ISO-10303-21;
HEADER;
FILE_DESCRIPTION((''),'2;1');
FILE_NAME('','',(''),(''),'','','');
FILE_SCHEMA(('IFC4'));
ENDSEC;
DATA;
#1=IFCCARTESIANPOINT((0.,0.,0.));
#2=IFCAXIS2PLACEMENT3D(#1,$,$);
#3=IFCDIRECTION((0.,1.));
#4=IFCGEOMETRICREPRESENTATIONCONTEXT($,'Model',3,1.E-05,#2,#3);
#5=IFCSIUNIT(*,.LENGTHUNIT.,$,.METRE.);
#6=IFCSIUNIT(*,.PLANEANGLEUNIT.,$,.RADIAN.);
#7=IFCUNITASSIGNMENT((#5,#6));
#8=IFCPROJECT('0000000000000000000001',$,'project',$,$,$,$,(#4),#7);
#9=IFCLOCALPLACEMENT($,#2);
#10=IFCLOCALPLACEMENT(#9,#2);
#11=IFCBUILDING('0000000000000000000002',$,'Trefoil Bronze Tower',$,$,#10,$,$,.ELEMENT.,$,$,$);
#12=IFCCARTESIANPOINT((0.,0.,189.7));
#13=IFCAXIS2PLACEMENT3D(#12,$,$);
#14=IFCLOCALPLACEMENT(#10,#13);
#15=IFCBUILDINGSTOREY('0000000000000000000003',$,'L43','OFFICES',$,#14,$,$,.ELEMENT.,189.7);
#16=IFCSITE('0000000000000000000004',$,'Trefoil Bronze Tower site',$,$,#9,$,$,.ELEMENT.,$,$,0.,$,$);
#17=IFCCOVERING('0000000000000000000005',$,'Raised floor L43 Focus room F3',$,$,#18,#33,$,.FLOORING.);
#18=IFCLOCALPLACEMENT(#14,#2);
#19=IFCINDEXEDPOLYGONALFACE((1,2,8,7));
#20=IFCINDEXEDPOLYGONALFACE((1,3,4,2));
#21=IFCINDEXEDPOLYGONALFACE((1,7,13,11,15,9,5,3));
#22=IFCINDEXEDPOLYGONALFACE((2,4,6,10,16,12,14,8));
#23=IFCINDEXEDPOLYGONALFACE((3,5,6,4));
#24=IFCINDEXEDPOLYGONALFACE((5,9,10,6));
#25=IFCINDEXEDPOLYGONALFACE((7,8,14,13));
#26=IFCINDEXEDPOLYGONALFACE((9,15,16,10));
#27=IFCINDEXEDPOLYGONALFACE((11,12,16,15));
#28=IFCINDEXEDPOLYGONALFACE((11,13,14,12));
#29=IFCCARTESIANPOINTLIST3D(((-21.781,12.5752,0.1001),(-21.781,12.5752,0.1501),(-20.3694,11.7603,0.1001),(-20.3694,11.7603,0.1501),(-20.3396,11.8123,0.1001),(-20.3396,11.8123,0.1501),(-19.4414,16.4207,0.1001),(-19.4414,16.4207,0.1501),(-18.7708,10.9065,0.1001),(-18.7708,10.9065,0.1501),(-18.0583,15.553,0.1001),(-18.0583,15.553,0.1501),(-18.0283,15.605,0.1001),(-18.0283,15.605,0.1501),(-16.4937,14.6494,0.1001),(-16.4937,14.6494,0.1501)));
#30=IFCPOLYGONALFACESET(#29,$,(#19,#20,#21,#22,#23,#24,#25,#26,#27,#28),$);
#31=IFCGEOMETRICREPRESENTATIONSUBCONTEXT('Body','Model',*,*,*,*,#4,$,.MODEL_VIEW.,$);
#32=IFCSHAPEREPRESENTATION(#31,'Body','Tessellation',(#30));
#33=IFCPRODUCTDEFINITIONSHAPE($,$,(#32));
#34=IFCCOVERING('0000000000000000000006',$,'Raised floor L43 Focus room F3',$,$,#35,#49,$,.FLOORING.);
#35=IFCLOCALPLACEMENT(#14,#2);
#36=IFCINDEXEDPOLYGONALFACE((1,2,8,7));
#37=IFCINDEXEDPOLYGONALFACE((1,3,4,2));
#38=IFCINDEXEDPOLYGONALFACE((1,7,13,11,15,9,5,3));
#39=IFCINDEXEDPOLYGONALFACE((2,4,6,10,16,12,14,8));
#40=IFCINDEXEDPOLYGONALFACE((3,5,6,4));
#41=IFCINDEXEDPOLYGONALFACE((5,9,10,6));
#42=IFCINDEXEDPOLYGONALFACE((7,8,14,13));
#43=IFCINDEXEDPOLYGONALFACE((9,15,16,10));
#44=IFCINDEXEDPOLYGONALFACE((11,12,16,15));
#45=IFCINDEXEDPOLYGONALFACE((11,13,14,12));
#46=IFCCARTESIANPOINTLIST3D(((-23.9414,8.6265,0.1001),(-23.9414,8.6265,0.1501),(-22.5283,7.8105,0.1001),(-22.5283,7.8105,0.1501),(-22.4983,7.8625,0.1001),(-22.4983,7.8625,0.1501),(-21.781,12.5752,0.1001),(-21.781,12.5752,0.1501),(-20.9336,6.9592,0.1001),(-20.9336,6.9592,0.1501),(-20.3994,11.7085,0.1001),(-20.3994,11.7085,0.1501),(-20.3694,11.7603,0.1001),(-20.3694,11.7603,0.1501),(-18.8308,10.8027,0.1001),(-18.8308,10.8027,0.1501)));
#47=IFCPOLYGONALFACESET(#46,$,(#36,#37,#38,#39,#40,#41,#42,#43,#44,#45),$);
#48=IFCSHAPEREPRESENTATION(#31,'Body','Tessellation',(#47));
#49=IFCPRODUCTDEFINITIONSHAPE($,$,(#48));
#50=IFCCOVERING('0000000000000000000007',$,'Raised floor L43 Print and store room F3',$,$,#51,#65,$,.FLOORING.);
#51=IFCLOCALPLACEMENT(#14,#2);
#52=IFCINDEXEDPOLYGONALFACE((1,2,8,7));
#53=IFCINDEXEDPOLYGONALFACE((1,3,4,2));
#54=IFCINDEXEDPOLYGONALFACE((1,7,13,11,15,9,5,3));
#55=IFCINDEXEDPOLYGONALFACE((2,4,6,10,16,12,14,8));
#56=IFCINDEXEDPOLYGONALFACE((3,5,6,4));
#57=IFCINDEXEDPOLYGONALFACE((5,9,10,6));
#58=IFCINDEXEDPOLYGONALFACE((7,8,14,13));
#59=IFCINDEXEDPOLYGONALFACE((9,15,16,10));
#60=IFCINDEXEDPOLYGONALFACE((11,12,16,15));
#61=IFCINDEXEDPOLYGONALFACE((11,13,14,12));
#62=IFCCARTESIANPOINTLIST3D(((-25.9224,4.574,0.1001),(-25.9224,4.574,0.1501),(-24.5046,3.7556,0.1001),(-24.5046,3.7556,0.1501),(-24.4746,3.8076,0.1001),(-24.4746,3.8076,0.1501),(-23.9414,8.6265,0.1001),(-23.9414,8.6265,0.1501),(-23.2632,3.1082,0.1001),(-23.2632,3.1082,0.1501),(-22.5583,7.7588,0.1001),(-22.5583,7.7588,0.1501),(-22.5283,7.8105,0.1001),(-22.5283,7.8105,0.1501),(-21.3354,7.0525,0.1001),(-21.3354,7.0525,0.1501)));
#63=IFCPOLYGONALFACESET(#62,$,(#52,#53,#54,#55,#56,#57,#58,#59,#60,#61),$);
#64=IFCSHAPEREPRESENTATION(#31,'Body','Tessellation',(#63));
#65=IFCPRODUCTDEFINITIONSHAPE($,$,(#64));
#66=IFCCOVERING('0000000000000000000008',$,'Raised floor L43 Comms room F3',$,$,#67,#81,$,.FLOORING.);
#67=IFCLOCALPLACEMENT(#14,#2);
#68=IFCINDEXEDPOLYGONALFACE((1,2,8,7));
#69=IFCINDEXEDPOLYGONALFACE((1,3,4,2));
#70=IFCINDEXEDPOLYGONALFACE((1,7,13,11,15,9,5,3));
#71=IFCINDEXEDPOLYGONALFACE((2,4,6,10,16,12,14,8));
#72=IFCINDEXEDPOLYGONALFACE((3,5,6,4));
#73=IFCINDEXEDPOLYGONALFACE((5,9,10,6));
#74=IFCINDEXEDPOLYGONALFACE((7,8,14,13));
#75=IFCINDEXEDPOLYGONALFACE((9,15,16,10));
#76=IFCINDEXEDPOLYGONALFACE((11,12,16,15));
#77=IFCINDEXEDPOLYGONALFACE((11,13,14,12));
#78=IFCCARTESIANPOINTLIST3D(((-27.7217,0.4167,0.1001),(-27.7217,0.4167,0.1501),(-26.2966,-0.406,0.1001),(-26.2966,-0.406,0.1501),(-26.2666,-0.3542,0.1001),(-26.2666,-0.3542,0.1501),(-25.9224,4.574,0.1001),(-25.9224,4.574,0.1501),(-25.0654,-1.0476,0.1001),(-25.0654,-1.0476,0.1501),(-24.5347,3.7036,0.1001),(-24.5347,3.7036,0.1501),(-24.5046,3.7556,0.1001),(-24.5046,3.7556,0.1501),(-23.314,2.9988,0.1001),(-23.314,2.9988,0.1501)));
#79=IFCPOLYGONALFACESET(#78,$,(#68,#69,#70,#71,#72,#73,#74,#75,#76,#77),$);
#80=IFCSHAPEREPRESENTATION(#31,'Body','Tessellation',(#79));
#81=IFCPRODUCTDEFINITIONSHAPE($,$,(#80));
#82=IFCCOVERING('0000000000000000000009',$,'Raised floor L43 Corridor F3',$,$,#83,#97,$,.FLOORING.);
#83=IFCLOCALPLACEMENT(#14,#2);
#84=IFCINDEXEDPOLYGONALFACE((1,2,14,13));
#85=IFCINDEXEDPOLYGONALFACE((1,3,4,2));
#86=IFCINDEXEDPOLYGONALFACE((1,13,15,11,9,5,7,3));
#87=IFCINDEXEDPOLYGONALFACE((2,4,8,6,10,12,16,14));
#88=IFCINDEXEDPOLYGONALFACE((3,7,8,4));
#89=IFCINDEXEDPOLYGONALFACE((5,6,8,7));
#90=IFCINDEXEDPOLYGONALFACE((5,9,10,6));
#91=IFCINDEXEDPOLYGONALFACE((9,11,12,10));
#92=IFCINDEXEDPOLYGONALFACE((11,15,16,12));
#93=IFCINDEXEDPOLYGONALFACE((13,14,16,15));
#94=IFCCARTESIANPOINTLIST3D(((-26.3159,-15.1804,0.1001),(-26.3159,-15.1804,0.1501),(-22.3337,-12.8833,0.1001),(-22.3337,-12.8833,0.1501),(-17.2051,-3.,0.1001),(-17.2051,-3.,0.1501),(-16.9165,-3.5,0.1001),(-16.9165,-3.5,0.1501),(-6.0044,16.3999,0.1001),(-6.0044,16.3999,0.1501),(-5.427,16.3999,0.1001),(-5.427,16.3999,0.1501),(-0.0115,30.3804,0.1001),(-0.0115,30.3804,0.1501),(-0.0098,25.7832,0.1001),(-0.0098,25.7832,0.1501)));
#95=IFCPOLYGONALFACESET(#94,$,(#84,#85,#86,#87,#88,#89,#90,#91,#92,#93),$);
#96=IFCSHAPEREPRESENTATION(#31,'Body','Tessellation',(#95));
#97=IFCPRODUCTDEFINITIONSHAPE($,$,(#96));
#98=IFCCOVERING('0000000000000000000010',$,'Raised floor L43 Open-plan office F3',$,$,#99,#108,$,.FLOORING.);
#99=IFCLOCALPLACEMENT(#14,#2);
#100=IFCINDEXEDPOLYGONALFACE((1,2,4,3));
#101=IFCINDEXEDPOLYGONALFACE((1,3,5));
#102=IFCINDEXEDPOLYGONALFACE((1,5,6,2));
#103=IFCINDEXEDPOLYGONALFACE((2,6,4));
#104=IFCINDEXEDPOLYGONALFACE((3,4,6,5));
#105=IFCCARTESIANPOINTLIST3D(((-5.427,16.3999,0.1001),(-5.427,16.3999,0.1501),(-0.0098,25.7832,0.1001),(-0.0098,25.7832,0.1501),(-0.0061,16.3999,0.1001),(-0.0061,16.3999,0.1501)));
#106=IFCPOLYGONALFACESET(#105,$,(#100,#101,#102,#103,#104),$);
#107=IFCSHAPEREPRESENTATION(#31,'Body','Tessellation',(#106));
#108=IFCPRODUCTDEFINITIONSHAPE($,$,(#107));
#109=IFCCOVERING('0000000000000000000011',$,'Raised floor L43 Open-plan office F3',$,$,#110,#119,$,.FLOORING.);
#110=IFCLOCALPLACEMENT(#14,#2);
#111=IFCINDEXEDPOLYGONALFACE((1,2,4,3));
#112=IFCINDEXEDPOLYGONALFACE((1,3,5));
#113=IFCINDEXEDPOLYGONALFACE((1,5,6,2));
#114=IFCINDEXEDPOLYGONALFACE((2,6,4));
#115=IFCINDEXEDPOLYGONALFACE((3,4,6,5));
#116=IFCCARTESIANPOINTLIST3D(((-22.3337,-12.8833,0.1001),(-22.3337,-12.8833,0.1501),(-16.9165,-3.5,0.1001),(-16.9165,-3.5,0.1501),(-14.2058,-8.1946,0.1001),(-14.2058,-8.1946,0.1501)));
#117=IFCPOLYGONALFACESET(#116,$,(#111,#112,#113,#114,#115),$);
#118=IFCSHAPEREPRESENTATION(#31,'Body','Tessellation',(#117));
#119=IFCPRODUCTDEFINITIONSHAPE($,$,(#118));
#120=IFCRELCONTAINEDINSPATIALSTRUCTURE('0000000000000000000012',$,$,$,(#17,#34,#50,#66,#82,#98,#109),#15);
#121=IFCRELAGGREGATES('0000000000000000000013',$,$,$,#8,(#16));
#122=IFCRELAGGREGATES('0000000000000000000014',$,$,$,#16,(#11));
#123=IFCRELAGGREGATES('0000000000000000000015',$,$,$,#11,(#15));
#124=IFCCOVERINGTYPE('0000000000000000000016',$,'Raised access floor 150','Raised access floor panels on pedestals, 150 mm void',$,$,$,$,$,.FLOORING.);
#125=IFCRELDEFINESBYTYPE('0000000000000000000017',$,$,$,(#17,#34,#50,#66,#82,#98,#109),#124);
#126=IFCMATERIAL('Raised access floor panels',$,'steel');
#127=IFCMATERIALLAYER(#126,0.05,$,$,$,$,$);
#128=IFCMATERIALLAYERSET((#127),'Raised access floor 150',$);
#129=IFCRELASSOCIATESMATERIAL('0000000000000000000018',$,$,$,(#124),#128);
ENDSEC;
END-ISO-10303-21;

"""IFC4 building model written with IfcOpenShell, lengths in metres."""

from ifc_helpers import new_model, si_unit, direction, frame, origin, place, context, subcontext, project, spatial, polyline, outline, extrude, material, layer, layer_set, type_object, element, save


model = new_model("IFC4")

# Units and contexts
model_context = context("Model", 3, precision=1e-05, world=origin(), true_north=direction((0.0, 1.0)))
body_context = subcontext(model_context, "Body", "Model", "MODEL_VIEW")
ifc_project = project(units=[si_unit("LENGTHUNIT", "METRE"), si_unit("PLANEANGLEUNIT", "RADIAN")], contexts=[model_context])

# Site, building, storey
site_placement = place(None, origin())
site = spatial("IfcSite", under=ifc_project, at=site_placement, Name="Trefoil Bronze Tower site", CompositionType="ELEMENT", RefElevation=0.0)
building_placement = place(site_placement, origin())
building = spatial("IfcBuilding", under=site, at=building_placement, Name="Trefoil Bronze Tower", CompositionType="ELEMENT")
storey_placement = place(building_placement, frame((0.0, 0.0, 189.7)))
storey = spatial("IfcBuildingStorey", under=building, at=storey_placement, Name="L43", Description="OFFICES", CompositionType="ELEMENT", Elevation=189.7)

# Coverings
ifc_material_1 = material(Name="Raised access floor panels", Category="steel")
ifc_layer_1 = layer(ifc_material_1, 0.05)
ifc_layer_set_1 = layer_set([ifc_layer_1], Name="Raised access floor 150")
covering_type_1 = type_object("IfcCoveringType", Name="Raised access floor 150", Description="Raised access floor panels on pedestals, 150 mm void", PredefinedType="FLOORING", material=ifc_layer_set_1)
covering_1_placement = place(storey_placement, frame((0.0, 0.0, 0.1001)))
element("IfcCovering", 1, at=covering_1_placement, inside=storey, type_object=covering_type_1, Name="Raised floor L43 Focus room F3", PredefinedType="FLOORING", context=body_context, shape_type="SweptSolid", body=[
    extrude(outline(polyline([(-21.781, 12.5752), (-19.4414, 16.4207), (-18.0283, 15.605), (-18.0583, 15.553), (-16.4937, 14.6494), (-18.7708, 10.9065), (-20.3396, 11.8123), (-20.3694, 11.7603), (-21.781, 12.5752)])), origin(), (0.0, 0.0, 1.0), 0.05),
])
covering_2_placement = place(storey_placement, frame((0.0, 0.0, 0.1001)))
element("IfcCovering", 2, at=covering_2_placement, inside=storey, type_object=covering_type_1, Name="Raised floor L43 Focus room F3", PredefinedType="FLOORING", context=body_context, shape_type="SweptSolid", body=[
    extrude(outline(polyline([(-23.9414, 8.6265), (-21.781, 12.5752), (-20.3694, 11.7603), (-20.3994, 11.7085), (-18.8308, 10.8027), (-20.9336, 6.9592), (-22.4983, 7.8625), (-22.5283, 7.8105), (-23.9414, 8.6265)])), origin(), (0.0, 0.0, 1.0), 0.05),
])
covering_3_placement = place(storey_placement, frame((0.0, 0.0, 0.1001)))
element("IfcCovering", 3, at=covering_3_placement, inside=storey, type_object=covering_type_1, Name="Raised floor L43 Print and store room F3", PredefinedType="FLOORING", context=body_context, shape_type="SweptSolid", body=[
    extrude(outline(polyline([(-25.9224, 4.574), (-23.9414, 8.6265), (-22.5283, 7.8105), (-22.5583, 7.7588), (-21.3354, 7.0525), (-23.2632, 3.1082), (-24.4746, 3.8076), (-24.5046, 3.7556), (-25.9224, 4.574)])), origin(), (0.0, 0.0, 1.0), 0.05),
])
covering_4_placement = place(storey_placement, frame((0.0, 0.0, 0.1001)))
element("IfcCovering", 4, at=covering_4_placement, inside=storey, type_object=covering_type_1, Name="Raised floor L43 Comms room F3", PredefinedType="FLOORING", context=body_context, shape_type="SweptSolid", body=[
    extrude(outline(polyline([(-27.7217, 0.4167), (-25.9224, 4.574), (-24.5046, 3.7556), (-24.5347, 3.7036), (-23.314, 2.9988), (-25.0654, -1.0476), (-26.2666, -0.3542), (-26.2966, -0.406), (-27.7217, 0.4167)])), origin(), (0.0, 0.0, 1.0), 0.05),
])
covering_5_placement = place(storey_placement, frame((0.0, 0.0, 0.1001)))
element("IfcCovering", 5, at=covering_5_placement, inside=storey, type_object=covering_type_1, Name="Raised floor L43 Corridor F3", PredefinedType="FLOORING", context=body_context, shape_type="SweptSolid", body=[
    extrude(outline(polyline([(-0.0115, 30.3804), (-0.0098, 25.7832), (-5.427, 16.3999), (-6.0044, 16.3999), (-17.2051, -3.0), (-16.9165, -3.5), (-22.3337, -12.8833), (-26.3159, -15.1804), (-0.0115, 30.3804)])), origin(), (0.0, 0.0, 1.0), 0.05),
])
covering_6_placement = place(storey_placement, frame((0.0, 0.0, 0.1001)))
element("IfcCovering", 6, at=covering_6_placement, inside=storey, type_object=covering_type_1, Name="Raised floor L43 Open-plan office F3", PredefinedType="FLOORING", context=body_context, shape_type="SweptSolid", body=[
    extrude(outline(polyline([(-0.0098, 25.7832), (-0.0061, 16.3999), (-5.427, 16.3999), (-0.0098, 25.7832)])), origin(), (0.0, 0.0, 1.0), 0.05),
])
covering_7_placement = place(storey_placement, frame((0.0, 0.0, 0.1001)))
element("IfcCovering", 7, at=covering_7_placement, inside=storey, type_object=covering_type_1, Name="Raised floor L43 Open-plan office F3", PredefinedType="FLOORING", context=body_context, shape_type="SweptSolid", body=[
    extrude(outline(polyline([(-14.2058, -8.1946), (-22.3337, -12.8833), (-16.9165, -3.5), (-14.2058, -8.1946)])), origin(), (0.0, 0.0, 1.0), 0.05),
])

save(model, "model.ifc")
